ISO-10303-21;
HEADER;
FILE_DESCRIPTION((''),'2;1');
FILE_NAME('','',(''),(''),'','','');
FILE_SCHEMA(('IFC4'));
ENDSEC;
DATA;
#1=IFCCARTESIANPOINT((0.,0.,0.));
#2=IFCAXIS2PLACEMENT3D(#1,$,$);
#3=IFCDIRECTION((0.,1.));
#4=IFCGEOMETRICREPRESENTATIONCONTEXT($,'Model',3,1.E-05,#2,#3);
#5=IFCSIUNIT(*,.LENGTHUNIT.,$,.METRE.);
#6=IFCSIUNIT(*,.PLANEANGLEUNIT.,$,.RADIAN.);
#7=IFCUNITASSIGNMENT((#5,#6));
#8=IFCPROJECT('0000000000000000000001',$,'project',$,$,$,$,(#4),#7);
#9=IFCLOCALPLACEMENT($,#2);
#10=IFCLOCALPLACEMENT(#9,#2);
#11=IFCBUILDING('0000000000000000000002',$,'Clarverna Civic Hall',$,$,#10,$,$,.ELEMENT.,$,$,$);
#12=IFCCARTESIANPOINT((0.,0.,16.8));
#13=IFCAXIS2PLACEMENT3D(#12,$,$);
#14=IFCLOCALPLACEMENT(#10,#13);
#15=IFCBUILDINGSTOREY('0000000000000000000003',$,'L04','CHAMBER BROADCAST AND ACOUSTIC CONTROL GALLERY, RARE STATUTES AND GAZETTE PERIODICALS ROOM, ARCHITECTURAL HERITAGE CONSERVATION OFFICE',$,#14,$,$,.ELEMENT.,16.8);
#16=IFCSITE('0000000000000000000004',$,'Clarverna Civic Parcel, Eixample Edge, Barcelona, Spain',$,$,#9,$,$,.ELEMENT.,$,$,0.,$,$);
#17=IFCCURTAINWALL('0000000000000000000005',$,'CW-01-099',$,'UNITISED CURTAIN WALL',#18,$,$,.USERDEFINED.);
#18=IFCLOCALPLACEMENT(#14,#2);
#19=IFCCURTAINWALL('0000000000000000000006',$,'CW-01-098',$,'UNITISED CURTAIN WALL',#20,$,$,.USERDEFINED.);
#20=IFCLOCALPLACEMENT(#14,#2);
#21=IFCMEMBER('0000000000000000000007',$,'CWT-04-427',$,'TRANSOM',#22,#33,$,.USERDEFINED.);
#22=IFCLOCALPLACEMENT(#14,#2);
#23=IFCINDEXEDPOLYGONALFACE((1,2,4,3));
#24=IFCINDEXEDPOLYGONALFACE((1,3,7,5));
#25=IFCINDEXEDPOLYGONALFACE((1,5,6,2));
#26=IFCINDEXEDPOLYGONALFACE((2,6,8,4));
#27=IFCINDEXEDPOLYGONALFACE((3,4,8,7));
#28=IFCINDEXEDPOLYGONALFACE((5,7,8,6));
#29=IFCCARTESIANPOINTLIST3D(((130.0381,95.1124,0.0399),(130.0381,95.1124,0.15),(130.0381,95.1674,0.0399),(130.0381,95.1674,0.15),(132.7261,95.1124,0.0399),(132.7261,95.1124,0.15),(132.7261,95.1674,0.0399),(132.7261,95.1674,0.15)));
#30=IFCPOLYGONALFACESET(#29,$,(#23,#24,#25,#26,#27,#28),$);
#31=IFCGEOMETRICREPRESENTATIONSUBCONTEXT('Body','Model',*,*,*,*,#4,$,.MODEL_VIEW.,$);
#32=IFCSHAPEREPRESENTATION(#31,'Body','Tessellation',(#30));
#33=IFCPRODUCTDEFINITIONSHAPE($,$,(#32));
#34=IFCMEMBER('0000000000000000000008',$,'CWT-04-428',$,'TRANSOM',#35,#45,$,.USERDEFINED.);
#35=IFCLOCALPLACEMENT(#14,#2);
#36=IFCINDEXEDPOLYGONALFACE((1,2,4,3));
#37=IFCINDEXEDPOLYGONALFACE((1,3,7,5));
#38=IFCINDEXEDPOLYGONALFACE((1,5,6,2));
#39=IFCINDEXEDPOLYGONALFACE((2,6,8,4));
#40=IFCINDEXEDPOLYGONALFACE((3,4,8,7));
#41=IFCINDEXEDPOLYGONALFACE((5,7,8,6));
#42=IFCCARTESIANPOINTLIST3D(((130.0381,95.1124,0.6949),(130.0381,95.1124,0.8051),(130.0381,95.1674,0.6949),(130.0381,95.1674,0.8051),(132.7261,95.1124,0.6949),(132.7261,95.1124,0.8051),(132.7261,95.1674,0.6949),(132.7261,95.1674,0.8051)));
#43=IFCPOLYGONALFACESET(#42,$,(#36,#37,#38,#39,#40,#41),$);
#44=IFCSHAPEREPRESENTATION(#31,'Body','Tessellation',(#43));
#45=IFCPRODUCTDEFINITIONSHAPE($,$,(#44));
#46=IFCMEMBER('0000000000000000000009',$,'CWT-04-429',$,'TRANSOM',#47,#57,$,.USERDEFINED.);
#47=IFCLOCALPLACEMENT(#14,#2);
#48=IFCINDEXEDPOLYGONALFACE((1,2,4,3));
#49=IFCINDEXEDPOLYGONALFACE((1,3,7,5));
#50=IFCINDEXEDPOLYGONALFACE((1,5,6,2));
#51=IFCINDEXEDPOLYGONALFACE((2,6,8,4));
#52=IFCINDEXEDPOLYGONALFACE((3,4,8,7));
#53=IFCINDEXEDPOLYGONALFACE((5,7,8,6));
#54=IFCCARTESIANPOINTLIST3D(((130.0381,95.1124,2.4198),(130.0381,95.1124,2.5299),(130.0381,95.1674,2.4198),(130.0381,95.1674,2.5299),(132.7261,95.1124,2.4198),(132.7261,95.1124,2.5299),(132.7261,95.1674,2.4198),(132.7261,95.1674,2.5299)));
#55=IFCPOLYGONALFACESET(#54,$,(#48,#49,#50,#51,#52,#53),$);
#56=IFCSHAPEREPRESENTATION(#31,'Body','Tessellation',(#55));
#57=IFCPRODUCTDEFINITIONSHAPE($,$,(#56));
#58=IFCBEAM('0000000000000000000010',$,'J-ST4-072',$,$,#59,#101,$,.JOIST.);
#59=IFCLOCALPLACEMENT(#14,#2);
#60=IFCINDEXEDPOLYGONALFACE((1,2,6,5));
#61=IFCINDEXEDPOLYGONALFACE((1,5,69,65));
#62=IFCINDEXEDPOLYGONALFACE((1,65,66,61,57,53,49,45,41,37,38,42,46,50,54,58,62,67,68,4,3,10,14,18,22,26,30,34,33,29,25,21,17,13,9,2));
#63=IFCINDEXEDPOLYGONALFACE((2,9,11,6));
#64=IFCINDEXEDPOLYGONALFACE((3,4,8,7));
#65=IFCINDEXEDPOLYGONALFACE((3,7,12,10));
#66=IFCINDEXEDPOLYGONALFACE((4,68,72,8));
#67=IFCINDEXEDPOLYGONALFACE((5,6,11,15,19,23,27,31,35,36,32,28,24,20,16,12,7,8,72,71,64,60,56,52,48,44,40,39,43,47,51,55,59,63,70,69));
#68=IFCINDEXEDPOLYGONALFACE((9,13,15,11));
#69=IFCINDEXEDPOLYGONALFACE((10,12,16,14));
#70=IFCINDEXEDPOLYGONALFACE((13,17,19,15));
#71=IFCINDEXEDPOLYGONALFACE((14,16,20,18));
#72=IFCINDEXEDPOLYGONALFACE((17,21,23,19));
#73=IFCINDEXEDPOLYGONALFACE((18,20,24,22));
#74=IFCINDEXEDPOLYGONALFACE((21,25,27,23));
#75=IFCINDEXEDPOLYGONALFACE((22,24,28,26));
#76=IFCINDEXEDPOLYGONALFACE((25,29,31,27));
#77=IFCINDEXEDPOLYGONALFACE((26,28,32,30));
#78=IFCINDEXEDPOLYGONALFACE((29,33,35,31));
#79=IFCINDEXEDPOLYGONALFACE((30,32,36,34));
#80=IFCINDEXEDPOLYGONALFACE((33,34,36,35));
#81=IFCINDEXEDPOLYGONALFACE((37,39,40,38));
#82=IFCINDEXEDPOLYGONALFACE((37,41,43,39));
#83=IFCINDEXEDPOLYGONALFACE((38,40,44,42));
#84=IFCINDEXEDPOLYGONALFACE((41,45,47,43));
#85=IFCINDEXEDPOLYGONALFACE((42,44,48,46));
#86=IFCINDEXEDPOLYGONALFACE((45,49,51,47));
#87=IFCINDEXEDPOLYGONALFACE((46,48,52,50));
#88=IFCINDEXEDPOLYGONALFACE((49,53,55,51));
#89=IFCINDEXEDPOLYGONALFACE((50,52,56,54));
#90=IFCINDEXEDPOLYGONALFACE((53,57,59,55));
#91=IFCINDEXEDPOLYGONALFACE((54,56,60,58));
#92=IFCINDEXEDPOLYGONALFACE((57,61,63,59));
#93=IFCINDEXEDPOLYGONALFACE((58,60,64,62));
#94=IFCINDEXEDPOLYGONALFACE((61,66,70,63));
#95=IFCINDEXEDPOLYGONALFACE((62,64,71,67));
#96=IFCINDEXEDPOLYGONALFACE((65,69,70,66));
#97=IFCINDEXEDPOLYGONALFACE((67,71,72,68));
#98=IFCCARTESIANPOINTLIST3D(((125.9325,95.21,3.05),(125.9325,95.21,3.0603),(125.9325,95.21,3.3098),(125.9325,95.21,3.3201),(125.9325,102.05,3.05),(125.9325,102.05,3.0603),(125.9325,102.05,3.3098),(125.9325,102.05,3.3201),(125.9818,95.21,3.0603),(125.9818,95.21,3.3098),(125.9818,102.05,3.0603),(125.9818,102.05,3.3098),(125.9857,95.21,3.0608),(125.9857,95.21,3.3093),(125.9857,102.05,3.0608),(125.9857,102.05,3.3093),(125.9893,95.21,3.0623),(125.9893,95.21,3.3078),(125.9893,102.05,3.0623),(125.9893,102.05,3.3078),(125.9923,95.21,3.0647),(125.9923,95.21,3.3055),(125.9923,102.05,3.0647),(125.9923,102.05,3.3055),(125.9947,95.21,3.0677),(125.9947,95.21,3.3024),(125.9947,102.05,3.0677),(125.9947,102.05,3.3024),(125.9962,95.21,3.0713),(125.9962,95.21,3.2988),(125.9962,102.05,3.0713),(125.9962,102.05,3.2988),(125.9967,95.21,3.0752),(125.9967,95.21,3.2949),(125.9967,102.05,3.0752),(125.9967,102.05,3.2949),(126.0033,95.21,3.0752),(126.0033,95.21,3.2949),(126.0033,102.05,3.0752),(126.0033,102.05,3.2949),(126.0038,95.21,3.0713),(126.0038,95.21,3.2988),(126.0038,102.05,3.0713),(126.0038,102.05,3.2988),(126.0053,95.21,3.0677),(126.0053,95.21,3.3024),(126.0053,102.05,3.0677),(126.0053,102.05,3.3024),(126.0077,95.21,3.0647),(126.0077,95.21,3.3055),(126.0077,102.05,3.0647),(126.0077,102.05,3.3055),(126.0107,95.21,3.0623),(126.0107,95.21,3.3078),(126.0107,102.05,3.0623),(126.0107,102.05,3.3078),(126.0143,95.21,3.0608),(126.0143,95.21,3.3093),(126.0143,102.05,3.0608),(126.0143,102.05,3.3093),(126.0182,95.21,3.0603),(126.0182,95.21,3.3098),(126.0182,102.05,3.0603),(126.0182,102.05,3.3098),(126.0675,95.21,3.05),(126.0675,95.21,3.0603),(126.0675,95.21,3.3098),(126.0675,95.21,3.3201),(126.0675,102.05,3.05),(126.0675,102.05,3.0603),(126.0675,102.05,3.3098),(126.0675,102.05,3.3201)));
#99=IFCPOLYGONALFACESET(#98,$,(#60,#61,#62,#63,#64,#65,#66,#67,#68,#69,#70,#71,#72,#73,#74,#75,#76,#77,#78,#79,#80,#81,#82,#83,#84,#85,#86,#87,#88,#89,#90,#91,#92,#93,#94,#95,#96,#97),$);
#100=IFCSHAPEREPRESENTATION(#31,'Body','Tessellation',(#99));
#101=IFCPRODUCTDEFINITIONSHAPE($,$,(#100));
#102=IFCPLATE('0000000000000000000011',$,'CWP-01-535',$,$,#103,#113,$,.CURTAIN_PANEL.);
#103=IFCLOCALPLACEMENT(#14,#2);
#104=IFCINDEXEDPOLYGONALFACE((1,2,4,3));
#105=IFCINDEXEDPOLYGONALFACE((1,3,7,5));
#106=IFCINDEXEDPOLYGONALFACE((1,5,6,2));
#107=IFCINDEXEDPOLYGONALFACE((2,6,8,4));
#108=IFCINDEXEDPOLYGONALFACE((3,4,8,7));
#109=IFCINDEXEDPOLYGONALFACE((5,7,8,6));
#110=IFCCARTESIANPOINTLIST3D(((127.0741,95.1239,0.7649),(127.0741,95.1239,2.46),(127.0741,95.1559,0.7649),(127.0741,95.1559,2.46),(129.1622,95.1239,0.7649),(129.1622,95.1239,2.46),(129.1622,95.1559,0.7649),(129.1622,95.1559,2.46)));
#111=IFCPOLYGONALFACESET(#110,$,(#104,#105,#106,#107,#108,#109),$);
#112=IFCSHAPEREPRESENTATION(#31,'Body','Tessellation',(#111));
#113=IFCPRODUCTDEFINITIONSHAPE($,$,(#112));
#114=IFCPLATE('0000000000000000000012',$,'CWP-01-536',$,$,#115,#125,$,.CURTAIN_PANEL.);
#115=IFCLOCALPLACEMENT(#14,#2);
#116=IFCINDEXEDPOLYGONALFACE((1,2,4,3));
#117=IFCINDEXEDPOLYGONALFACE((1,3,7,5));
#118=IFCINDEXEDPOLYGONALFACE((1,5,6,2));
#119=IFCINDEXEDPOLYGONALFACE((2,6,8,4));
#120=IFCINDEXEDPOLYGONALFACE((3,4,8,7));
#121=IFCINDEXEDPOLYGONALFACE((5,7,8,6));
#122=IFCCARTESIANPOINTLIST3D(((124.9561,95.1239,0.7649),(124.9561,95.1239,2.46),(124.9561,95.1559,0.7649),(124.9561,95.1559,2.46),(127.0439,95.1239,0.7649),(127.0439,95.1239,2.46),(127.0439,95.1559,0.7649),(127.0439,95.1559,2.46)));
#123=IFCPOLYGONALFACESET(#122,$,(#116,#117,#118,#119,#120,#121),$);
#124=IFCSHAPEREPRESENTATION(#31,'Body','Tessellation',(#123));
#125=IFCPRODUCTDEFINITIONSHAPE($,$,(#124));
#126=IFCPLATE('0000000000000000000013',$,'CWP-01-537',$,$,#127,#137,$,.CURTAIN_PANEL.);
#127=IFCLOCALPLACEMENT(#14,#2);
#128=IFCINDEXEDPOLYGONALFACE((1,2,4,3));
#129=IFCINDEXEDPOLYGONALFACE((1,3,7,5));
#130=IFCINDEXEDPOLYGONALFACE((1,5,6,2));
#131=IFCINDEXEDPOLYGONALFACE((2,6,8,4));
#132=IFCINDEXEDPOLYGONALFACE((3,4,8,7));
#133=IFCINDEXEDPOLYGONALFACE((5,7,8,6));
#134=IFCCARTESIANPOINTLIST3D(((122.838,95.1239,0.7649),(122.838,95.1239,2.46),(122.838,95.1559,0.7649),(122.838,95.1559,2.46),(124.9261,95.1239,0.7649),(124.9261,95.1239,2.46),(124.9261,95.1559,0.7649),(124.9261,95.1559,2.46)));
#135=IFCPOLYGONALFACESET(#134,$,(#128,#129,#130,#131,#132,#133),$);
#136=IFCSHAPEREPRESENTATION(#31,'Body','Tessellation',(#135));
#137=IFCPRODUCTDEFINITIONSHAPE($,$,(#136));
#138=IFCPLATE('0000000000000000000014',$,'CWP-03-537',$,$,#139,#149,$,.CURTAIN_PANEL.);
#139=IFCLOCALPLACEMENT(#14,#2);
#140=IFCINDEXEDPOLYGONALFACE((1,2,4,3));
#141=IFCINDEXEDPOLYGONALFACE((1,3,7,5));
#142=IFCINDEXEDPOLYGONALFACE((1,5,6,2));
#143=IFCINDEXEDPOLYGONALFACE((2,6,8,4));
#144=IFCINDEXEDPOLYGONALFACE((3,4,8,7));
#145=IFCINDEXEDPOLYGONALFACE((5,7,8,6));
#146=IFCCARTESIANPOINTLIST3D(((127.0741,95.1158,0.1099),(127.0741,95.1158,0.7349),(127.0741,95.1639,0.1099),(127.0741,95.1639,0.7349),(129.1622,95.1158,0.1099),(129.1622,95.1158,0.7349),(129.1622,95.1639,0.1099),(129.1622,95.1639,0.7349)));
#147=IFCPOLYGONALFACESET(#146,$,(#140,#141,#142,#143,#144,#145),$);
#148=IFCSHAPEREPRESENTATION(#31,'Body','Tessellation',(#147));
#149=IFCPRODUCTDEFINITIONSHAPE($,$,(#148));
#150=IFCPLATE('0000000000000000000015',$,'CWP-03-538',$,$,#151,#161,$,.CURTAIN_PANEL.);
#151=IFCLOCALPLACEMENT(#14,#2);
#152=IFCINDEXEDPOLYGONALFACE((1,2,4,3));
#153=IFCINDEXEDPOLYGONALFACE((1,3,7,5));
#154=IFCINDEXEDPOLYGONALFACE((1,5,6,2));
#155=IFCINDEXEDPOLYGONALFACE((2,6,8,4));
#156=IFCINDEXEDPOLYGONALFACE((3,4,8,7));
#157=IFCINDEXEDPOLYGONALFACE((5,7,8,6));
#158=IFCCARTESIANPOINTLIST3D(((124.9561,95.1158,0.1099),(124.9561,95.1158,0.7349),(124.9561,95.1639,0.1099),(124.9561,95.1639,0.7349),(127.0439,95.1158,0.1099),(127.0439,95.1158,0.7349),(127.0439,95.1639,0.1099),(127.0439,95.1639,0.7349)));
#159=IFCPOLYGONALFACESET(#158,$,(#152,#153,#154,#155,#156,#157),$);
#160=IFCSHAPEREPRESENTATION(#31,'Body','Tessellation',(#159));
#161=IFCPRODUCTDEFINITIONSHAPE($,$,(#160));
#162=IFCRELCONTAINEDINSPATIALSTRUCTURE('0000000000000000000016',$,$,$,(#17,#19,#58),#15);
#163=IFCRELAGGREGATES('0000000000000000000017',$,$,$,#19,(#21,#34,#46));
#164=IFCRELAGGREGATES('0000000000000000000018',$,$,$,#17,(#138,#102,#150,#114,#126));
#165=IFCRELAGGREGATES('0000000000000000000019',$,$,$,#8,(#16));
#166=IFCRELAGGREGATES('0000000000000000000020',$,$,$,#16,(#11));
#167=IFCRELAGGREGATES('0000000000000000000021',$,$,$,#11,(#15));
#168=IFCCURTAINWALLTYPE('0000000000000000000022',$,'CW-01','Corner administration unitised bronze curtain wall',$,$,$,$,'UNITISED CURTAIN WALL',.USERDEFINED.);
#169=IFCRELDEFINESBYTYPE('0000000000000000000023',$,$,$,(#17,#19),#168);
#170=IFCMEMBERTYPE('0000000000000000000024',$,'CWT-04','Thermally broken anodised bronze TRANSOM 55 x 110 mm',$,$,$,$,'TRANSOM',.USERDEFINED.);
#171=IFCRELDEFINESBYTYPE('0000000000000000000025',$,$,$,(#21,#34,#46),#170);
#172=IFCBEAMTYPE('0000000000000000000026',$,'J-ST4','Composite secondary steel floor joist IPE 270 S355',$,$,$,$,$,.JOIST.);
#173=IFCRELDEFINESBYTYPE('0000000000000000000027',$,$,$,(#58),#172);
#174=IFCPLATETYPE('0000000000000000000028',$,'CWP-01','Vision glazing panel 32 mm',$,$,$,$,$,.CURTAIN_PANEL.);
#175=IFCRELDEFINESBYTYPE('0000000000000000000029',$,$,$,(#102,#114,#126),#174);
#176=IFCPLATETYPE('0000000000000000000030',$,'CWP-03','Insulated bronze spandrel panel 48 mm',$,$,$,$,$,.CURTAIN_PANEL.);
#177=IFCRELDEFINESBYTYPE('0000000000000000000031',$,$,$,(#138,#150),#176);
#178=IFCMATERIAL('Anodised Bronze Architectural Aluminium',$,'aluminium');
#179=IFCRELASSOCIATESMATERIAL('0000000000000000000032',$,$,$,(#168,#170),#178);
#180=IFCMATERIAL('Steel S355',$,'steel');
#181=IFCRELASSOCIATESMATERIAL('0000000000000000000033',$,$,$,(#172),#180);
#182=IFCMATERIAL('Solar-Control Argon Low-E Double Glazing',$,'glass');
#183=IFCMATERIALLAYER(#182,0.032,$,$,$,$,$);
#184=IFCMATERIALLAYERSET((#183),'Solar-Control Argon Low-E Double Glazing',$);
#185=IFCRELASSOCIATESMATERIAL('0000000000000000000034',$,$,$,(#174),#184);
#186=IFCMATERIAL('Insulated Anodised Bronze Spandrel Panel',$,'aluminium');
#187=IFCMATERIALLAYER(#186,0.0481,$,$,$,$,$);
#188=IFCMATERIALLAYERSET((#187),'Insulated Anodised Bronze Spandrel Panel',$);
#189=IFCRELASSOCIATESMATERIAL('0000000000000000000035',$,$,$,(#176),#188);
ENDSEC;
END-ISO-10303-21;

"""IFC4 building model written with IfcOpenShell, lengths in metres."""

from ifc_helpers import new_model, si_unit, direction, frame, frame_2d, origin, origin_2d, place, context, subcontext, project, spatial, rectangle, i_section, extrude, material, layer, layer_set, material_profile, profile_set, type_object, element, aggregate, save


model = new_model("IFC4")

# Units and contexts
model_context = context("Model", 3, precision=1e-05, world=origin(), true_north=direction((0.0, 1.0)))
body_context = subcontext(model_context, "Body", "Model", "MODEL_VIEW")
ifc_project = project(units=[si_unit("LENGTHUNIT", "METRE"), si_unit("PLANEANGLEUNIT", "RADIAN")], contexts=[model_context])

# Site, building, storey
site_placement = place(None, origin())
site = spatial("IfcSite", under=ifc_project, at=site_placement, Name="Clarverna Civic Parcel, Eixample Edge, Barcelona, Spain", CompositionType="ELEMENT", RefElevation=0.0)
building_placement = place(site_placement, origin())
building = spatial("IfcBuilding", under=site, at=building_placement, Name="Clarverna Civic Hall", CompositionType="ELEMENT")
storey_placement = place(building_placement, frame((0.0, 0.0, 16.8)))
storey = spatial("IfcBuildingStorey", under=building, at=storey_placement, Name="L04", Description="CHAMBER BROADCAST AND ACOUSTIC CONTROL GALLERY, RARE STATUTES AND GAZETTE PERIODICALS ROOM, ARCHITECTURAL HERITAGE CONSERVATION OFFICE", CompositionType="ELEMENT", Elevation=16.8)

# Curtain wall
ifc_material_1 = material(Name="Anodised Bronze Architectural Aluminium", Category="aluminium")
curtain_wall_type = type_object("IfcCurtainWallType", Name="CW-01", Description="Corner administration unitised bronze curtain wall", ElementType="UNITISED CURTAIN WALL", PredefinedType="USERDEFINED", material=ifc_material_1)
curtain_wall_1_placement = place(storey_placement, origin())
curtain_wall_1 = element("IfcCurtainWall", 1, at=curtain_wall_1_placement, inside=storey, type_object=curtain_wall_type, Name="CW-01-099", ObjectType="UNITISED CURTAIN WALL", PredefinedType="USERDEFINED")

# Curtain wall
curtain_wall_2_placement = place(storey_placement, origin())
curtain_wall_2 = element("IfcCurtainWall", 2, at=curtain_wall_2_placement, inside=storey, type_object=curtain_wall_type, Name="CW-01-098", ObjectType="UNITISED CURTAIN WALL", PredefinedType="USERDEFINED")

# Members
ifc_material_profile_1 = material_profile(ifc_material_1, rectangle(XDim=0.0549, YDim=0.1101, at=origin_2d()), Name="BRONZE 55x110")
ifc_profile_set_1 = profile_set([ifc_material_profile_1], Name="Anodised Bronze Architectural Aluminium")
member_type_1 = type_object("IfcMemberType", Name="CWT-04", Description="Thermally broken anodised bronze TRANSOM 55 x 110 mm", ElementType="TRANSOM", PredefinedType="USERDEFINED", material=ifc_profile_set_1)
member_1_placement = place(storey_placement, frame((132.7261, 95.1399, 0.095), z_axis=(-1.0, 0.0, 0.0), x_axis=(0.0, -1.0, 0.0)))
member_1 = element("IfcMember", 3, at=member_1_placement, type_object=member_type_1, Name="CWT-04-427", ObjectType="TRANSOM", PredefinedType="USERDEFINED", context=body_context, shape_type="SweptSolid", body=[
    extrude(rectangle(XDim=0.0549, YDim=0.1101, at=origin_2d()), origin(), (0.0, 0.0, 1.0), 2.688),
])
member_2_placement = place(storey_placement, frame((132.7261, 95.1399, 0.75), z_axis=(-1.0, 0.0, 0.0), x_axis=(0.0, -1.0, 0.0)))
member_2 = element("IfcMember", 4, at=member_2_placement, type_object=member_type_1, Name="CWT-04-428", ObjectType="TRANSOM", PredefinedType="USERDEFINED", context=body_context, shape_type="SweptSolid", body=[
    extrude(rectangle(XDim=0.0549, YDim=0.1101, at=origin_2d()), origin(), (0.0, 0.0, 1.0), 2.688),
])
member_3_placement = place(storey_placement, frame((132.7261, 95.1399, 2.4749), z_axis=(-1.0, 0.0, 0.0), x_axis=(0.0, -1.0, 0.0)))
member_3 = element("IfcMember", 5, at=member_3_placement, type_object=member_type_1, Name="CWT-04-429", ObjectType="TRANSOM", PredefinedType="USERDEFINED", context=body_context, shape_type="SweptSolid", body=[
    extrude(rectangle(XDim=0.0549, YDim=0.1101, at=origin_2d()), origin(), (0.0, 0.0, 1.0), 2.688),
])
aggregate(curtain_wall_2, [member_1, member_2, member_3])

# Beam
ifc_material_2 = material(Name="Steel S355", Category="steel")
ifc_material_profile_2 = material_profile(ifc_material_2, i_section(OverallWidth=0.135, OverallDepth=0.27, WebThickness=0.0066, FlangeThickness=0.0103, FilletRadius=0.0149, at=origin_2d()), Name="IPE 270")
ifc_profile_set_2 = profile_set([ifc_material_profile_2], Name="Steel S355")
beam_type_1 = type_object("IfcBeamType", Name="J-ST4", Description="Composite secondary steel floor joist IPE 270 S355", PredefinedType="JOIST", material=ifc_profile_set_2)
beam_1_placement = place(storey_placement, frame((126.0, 95.21, 3.1851), z_axis=(0.0, 1.0, 0.0), x_axis=(-1.0, 0.0, 0.0)))
element("IfcBeam", 6, at=beam_1_placement, inside=storey, type_object=beam_type_1, Name="J-ST4-072", PredefinedType="JOIST", context=body_context, shape_type="SweptSolid", body=[
    extrude(i_section(OverallWidth=0.135, OverallDepth=0.27, WebThickness=0.0066, FlangeThickness=0.0103, FilletRadius=0.0149, at=origin_2d()), origin(), (0.0, 0.0, 1.0), 6.8401),
])

# Plates
ifc_material_3 = material(Name="Solar-Control Argon Low-E Double Glazing", Category="glass")
ifc_layer_1 = layer(ifc_material_3, 0.032)
ifc_layer_set_1 = layer_set([ifc_layer_1], Name="Solar-Control Argon Low-E Double Glazing")
plate_type_1 = type_object("IfcPlateType", Name="CWP-01", Description="Vision glazing panel 32 mm", PredefinedType="CURTAIN_PANEL", material=ifc_layer_set_1)
plate_1_placement = place(storey_placement, frame((129.1621, 95.1399, 0.7649), z_axis=(0.0, 0.0, 1.0), x_axis=(-1.0, 0.0, 0.0)))
plate_1 = element("IfcPlate", 7, at=plate_1_placement, type_object=plate_type_1, Name="CWP-01-535", PredefinedType="CURTAIN_PANEL", context=body_context, shape_type="SweptSolid", body=[
    extrude(rectangle(XDim=2.0881, YDim=0.032, at=frame_2d((1.0439, 0.0))), origin(), (0.0, 0.0, 1.0), 1.6951),
])
plate_2_placement = place(storey_placement, frame((127.0439, 95.1399, 0.7649), z_axis=(0.0, 0.0, 1.0), x_axis=(-1.0, 0.0, 0.0)))
plate_2 = element("IfcPlate", 8, at=plate_2_placement, type_object=plate_type_1, Name="CWP-01-536", PredefinedType="CURTAIN_PANEL", context=body_context, shape_type="SweptSolid", body=[
    extrude(rectangle(XDim=2.0879, YDim=0.032, at=frame_2d((1.0439, 0.0))), origin(), (0.0, 0.0, 1.0), 1.6951),
])
plate_3_placement = place(storey_placement, frame((124.926, 95.1399, 0.7649), z_axis=(0.0, 0.0, 1.0), x_axis=(-1.0, 0.0, 0.0)))
plate_3 = element("IfcPlate", 9, at=plate_3_placement, type_object=plate_type_1, Name="CWP-01-537", PredefinedType="CURTAIN_PANEL", context=body_context, shape_type="SweptSolid", body=[
    extrude(rectangle(XDim=2.0881, YDim=0.032, at=frame_2d((1.0439, 0.0))), origin(), (0.0, 0.0, 1.0), 1.6951),
])
ifc_material_4 = material(Name="Insulated Anodised Bronze Spandrel Panel", Category="aluminium")
ifc_layer_2 = layer(ifc_material_4, 0.0481)
ifc_layer_set_2 = layer_set([ifc_layer_2], Name="Insulated Anodised Bronze Spandrel Panel")
plate_type_2 = type_object("IfcPlateType", Name="CWP-03", Description="Insulated bronze spandrel panel 48 mm", PredefinedType="CURTAIN_PANEL", material=ifc_layer_set_2)
plate_4_placement = place(storey_placement, frame((129.1621, 95.1399, 0.1099), z_axis=(0.0, 0.0, 1.0), x_axis=(-1.0, 0.0, 0.0)))
plate_4 = element("IfcPlate", 10, at=plate_4_placement, type_object=plate_type_2, Name="CWP-03-537", PredefinedType="CURTAIN_PANEL", context=body_context, shape_type="SweptSolid", body=[
    extrude(rectangle(XDim=2.0881, YDim=0.0481, at=frame_2d((1.0439, 0.0))), origin(), (0.0, 0.0, 1.0), 0.625),
])
plate_5_placement = place(storey_placement, frame((127.0439, 95.1399, 0.1099), z_axis=(0.0, 0.0, 1.0), x_axis=(-1.0, 0.0, 0.0)))
plate_5 = element("IfcPlate", 11, at=plate_5_placement, type_object=plate_type_2, Name="CWP-03-538", PredefinedType="CURTAIN_PANEL", context=body_context, shape_type="SweptSolid", body=[
    extrude(rectangle(XDim=2.0879, YDim=0.0481, at=frame_2d((1.0439, 0.0))), origin(), (0.0, 0.0, 1.0), 0.625),
])
aggregate(curtain_wall_1, [plate_4, plate_1, plate_5, plate_2, plate_3])

save(model, "model.ifc")
